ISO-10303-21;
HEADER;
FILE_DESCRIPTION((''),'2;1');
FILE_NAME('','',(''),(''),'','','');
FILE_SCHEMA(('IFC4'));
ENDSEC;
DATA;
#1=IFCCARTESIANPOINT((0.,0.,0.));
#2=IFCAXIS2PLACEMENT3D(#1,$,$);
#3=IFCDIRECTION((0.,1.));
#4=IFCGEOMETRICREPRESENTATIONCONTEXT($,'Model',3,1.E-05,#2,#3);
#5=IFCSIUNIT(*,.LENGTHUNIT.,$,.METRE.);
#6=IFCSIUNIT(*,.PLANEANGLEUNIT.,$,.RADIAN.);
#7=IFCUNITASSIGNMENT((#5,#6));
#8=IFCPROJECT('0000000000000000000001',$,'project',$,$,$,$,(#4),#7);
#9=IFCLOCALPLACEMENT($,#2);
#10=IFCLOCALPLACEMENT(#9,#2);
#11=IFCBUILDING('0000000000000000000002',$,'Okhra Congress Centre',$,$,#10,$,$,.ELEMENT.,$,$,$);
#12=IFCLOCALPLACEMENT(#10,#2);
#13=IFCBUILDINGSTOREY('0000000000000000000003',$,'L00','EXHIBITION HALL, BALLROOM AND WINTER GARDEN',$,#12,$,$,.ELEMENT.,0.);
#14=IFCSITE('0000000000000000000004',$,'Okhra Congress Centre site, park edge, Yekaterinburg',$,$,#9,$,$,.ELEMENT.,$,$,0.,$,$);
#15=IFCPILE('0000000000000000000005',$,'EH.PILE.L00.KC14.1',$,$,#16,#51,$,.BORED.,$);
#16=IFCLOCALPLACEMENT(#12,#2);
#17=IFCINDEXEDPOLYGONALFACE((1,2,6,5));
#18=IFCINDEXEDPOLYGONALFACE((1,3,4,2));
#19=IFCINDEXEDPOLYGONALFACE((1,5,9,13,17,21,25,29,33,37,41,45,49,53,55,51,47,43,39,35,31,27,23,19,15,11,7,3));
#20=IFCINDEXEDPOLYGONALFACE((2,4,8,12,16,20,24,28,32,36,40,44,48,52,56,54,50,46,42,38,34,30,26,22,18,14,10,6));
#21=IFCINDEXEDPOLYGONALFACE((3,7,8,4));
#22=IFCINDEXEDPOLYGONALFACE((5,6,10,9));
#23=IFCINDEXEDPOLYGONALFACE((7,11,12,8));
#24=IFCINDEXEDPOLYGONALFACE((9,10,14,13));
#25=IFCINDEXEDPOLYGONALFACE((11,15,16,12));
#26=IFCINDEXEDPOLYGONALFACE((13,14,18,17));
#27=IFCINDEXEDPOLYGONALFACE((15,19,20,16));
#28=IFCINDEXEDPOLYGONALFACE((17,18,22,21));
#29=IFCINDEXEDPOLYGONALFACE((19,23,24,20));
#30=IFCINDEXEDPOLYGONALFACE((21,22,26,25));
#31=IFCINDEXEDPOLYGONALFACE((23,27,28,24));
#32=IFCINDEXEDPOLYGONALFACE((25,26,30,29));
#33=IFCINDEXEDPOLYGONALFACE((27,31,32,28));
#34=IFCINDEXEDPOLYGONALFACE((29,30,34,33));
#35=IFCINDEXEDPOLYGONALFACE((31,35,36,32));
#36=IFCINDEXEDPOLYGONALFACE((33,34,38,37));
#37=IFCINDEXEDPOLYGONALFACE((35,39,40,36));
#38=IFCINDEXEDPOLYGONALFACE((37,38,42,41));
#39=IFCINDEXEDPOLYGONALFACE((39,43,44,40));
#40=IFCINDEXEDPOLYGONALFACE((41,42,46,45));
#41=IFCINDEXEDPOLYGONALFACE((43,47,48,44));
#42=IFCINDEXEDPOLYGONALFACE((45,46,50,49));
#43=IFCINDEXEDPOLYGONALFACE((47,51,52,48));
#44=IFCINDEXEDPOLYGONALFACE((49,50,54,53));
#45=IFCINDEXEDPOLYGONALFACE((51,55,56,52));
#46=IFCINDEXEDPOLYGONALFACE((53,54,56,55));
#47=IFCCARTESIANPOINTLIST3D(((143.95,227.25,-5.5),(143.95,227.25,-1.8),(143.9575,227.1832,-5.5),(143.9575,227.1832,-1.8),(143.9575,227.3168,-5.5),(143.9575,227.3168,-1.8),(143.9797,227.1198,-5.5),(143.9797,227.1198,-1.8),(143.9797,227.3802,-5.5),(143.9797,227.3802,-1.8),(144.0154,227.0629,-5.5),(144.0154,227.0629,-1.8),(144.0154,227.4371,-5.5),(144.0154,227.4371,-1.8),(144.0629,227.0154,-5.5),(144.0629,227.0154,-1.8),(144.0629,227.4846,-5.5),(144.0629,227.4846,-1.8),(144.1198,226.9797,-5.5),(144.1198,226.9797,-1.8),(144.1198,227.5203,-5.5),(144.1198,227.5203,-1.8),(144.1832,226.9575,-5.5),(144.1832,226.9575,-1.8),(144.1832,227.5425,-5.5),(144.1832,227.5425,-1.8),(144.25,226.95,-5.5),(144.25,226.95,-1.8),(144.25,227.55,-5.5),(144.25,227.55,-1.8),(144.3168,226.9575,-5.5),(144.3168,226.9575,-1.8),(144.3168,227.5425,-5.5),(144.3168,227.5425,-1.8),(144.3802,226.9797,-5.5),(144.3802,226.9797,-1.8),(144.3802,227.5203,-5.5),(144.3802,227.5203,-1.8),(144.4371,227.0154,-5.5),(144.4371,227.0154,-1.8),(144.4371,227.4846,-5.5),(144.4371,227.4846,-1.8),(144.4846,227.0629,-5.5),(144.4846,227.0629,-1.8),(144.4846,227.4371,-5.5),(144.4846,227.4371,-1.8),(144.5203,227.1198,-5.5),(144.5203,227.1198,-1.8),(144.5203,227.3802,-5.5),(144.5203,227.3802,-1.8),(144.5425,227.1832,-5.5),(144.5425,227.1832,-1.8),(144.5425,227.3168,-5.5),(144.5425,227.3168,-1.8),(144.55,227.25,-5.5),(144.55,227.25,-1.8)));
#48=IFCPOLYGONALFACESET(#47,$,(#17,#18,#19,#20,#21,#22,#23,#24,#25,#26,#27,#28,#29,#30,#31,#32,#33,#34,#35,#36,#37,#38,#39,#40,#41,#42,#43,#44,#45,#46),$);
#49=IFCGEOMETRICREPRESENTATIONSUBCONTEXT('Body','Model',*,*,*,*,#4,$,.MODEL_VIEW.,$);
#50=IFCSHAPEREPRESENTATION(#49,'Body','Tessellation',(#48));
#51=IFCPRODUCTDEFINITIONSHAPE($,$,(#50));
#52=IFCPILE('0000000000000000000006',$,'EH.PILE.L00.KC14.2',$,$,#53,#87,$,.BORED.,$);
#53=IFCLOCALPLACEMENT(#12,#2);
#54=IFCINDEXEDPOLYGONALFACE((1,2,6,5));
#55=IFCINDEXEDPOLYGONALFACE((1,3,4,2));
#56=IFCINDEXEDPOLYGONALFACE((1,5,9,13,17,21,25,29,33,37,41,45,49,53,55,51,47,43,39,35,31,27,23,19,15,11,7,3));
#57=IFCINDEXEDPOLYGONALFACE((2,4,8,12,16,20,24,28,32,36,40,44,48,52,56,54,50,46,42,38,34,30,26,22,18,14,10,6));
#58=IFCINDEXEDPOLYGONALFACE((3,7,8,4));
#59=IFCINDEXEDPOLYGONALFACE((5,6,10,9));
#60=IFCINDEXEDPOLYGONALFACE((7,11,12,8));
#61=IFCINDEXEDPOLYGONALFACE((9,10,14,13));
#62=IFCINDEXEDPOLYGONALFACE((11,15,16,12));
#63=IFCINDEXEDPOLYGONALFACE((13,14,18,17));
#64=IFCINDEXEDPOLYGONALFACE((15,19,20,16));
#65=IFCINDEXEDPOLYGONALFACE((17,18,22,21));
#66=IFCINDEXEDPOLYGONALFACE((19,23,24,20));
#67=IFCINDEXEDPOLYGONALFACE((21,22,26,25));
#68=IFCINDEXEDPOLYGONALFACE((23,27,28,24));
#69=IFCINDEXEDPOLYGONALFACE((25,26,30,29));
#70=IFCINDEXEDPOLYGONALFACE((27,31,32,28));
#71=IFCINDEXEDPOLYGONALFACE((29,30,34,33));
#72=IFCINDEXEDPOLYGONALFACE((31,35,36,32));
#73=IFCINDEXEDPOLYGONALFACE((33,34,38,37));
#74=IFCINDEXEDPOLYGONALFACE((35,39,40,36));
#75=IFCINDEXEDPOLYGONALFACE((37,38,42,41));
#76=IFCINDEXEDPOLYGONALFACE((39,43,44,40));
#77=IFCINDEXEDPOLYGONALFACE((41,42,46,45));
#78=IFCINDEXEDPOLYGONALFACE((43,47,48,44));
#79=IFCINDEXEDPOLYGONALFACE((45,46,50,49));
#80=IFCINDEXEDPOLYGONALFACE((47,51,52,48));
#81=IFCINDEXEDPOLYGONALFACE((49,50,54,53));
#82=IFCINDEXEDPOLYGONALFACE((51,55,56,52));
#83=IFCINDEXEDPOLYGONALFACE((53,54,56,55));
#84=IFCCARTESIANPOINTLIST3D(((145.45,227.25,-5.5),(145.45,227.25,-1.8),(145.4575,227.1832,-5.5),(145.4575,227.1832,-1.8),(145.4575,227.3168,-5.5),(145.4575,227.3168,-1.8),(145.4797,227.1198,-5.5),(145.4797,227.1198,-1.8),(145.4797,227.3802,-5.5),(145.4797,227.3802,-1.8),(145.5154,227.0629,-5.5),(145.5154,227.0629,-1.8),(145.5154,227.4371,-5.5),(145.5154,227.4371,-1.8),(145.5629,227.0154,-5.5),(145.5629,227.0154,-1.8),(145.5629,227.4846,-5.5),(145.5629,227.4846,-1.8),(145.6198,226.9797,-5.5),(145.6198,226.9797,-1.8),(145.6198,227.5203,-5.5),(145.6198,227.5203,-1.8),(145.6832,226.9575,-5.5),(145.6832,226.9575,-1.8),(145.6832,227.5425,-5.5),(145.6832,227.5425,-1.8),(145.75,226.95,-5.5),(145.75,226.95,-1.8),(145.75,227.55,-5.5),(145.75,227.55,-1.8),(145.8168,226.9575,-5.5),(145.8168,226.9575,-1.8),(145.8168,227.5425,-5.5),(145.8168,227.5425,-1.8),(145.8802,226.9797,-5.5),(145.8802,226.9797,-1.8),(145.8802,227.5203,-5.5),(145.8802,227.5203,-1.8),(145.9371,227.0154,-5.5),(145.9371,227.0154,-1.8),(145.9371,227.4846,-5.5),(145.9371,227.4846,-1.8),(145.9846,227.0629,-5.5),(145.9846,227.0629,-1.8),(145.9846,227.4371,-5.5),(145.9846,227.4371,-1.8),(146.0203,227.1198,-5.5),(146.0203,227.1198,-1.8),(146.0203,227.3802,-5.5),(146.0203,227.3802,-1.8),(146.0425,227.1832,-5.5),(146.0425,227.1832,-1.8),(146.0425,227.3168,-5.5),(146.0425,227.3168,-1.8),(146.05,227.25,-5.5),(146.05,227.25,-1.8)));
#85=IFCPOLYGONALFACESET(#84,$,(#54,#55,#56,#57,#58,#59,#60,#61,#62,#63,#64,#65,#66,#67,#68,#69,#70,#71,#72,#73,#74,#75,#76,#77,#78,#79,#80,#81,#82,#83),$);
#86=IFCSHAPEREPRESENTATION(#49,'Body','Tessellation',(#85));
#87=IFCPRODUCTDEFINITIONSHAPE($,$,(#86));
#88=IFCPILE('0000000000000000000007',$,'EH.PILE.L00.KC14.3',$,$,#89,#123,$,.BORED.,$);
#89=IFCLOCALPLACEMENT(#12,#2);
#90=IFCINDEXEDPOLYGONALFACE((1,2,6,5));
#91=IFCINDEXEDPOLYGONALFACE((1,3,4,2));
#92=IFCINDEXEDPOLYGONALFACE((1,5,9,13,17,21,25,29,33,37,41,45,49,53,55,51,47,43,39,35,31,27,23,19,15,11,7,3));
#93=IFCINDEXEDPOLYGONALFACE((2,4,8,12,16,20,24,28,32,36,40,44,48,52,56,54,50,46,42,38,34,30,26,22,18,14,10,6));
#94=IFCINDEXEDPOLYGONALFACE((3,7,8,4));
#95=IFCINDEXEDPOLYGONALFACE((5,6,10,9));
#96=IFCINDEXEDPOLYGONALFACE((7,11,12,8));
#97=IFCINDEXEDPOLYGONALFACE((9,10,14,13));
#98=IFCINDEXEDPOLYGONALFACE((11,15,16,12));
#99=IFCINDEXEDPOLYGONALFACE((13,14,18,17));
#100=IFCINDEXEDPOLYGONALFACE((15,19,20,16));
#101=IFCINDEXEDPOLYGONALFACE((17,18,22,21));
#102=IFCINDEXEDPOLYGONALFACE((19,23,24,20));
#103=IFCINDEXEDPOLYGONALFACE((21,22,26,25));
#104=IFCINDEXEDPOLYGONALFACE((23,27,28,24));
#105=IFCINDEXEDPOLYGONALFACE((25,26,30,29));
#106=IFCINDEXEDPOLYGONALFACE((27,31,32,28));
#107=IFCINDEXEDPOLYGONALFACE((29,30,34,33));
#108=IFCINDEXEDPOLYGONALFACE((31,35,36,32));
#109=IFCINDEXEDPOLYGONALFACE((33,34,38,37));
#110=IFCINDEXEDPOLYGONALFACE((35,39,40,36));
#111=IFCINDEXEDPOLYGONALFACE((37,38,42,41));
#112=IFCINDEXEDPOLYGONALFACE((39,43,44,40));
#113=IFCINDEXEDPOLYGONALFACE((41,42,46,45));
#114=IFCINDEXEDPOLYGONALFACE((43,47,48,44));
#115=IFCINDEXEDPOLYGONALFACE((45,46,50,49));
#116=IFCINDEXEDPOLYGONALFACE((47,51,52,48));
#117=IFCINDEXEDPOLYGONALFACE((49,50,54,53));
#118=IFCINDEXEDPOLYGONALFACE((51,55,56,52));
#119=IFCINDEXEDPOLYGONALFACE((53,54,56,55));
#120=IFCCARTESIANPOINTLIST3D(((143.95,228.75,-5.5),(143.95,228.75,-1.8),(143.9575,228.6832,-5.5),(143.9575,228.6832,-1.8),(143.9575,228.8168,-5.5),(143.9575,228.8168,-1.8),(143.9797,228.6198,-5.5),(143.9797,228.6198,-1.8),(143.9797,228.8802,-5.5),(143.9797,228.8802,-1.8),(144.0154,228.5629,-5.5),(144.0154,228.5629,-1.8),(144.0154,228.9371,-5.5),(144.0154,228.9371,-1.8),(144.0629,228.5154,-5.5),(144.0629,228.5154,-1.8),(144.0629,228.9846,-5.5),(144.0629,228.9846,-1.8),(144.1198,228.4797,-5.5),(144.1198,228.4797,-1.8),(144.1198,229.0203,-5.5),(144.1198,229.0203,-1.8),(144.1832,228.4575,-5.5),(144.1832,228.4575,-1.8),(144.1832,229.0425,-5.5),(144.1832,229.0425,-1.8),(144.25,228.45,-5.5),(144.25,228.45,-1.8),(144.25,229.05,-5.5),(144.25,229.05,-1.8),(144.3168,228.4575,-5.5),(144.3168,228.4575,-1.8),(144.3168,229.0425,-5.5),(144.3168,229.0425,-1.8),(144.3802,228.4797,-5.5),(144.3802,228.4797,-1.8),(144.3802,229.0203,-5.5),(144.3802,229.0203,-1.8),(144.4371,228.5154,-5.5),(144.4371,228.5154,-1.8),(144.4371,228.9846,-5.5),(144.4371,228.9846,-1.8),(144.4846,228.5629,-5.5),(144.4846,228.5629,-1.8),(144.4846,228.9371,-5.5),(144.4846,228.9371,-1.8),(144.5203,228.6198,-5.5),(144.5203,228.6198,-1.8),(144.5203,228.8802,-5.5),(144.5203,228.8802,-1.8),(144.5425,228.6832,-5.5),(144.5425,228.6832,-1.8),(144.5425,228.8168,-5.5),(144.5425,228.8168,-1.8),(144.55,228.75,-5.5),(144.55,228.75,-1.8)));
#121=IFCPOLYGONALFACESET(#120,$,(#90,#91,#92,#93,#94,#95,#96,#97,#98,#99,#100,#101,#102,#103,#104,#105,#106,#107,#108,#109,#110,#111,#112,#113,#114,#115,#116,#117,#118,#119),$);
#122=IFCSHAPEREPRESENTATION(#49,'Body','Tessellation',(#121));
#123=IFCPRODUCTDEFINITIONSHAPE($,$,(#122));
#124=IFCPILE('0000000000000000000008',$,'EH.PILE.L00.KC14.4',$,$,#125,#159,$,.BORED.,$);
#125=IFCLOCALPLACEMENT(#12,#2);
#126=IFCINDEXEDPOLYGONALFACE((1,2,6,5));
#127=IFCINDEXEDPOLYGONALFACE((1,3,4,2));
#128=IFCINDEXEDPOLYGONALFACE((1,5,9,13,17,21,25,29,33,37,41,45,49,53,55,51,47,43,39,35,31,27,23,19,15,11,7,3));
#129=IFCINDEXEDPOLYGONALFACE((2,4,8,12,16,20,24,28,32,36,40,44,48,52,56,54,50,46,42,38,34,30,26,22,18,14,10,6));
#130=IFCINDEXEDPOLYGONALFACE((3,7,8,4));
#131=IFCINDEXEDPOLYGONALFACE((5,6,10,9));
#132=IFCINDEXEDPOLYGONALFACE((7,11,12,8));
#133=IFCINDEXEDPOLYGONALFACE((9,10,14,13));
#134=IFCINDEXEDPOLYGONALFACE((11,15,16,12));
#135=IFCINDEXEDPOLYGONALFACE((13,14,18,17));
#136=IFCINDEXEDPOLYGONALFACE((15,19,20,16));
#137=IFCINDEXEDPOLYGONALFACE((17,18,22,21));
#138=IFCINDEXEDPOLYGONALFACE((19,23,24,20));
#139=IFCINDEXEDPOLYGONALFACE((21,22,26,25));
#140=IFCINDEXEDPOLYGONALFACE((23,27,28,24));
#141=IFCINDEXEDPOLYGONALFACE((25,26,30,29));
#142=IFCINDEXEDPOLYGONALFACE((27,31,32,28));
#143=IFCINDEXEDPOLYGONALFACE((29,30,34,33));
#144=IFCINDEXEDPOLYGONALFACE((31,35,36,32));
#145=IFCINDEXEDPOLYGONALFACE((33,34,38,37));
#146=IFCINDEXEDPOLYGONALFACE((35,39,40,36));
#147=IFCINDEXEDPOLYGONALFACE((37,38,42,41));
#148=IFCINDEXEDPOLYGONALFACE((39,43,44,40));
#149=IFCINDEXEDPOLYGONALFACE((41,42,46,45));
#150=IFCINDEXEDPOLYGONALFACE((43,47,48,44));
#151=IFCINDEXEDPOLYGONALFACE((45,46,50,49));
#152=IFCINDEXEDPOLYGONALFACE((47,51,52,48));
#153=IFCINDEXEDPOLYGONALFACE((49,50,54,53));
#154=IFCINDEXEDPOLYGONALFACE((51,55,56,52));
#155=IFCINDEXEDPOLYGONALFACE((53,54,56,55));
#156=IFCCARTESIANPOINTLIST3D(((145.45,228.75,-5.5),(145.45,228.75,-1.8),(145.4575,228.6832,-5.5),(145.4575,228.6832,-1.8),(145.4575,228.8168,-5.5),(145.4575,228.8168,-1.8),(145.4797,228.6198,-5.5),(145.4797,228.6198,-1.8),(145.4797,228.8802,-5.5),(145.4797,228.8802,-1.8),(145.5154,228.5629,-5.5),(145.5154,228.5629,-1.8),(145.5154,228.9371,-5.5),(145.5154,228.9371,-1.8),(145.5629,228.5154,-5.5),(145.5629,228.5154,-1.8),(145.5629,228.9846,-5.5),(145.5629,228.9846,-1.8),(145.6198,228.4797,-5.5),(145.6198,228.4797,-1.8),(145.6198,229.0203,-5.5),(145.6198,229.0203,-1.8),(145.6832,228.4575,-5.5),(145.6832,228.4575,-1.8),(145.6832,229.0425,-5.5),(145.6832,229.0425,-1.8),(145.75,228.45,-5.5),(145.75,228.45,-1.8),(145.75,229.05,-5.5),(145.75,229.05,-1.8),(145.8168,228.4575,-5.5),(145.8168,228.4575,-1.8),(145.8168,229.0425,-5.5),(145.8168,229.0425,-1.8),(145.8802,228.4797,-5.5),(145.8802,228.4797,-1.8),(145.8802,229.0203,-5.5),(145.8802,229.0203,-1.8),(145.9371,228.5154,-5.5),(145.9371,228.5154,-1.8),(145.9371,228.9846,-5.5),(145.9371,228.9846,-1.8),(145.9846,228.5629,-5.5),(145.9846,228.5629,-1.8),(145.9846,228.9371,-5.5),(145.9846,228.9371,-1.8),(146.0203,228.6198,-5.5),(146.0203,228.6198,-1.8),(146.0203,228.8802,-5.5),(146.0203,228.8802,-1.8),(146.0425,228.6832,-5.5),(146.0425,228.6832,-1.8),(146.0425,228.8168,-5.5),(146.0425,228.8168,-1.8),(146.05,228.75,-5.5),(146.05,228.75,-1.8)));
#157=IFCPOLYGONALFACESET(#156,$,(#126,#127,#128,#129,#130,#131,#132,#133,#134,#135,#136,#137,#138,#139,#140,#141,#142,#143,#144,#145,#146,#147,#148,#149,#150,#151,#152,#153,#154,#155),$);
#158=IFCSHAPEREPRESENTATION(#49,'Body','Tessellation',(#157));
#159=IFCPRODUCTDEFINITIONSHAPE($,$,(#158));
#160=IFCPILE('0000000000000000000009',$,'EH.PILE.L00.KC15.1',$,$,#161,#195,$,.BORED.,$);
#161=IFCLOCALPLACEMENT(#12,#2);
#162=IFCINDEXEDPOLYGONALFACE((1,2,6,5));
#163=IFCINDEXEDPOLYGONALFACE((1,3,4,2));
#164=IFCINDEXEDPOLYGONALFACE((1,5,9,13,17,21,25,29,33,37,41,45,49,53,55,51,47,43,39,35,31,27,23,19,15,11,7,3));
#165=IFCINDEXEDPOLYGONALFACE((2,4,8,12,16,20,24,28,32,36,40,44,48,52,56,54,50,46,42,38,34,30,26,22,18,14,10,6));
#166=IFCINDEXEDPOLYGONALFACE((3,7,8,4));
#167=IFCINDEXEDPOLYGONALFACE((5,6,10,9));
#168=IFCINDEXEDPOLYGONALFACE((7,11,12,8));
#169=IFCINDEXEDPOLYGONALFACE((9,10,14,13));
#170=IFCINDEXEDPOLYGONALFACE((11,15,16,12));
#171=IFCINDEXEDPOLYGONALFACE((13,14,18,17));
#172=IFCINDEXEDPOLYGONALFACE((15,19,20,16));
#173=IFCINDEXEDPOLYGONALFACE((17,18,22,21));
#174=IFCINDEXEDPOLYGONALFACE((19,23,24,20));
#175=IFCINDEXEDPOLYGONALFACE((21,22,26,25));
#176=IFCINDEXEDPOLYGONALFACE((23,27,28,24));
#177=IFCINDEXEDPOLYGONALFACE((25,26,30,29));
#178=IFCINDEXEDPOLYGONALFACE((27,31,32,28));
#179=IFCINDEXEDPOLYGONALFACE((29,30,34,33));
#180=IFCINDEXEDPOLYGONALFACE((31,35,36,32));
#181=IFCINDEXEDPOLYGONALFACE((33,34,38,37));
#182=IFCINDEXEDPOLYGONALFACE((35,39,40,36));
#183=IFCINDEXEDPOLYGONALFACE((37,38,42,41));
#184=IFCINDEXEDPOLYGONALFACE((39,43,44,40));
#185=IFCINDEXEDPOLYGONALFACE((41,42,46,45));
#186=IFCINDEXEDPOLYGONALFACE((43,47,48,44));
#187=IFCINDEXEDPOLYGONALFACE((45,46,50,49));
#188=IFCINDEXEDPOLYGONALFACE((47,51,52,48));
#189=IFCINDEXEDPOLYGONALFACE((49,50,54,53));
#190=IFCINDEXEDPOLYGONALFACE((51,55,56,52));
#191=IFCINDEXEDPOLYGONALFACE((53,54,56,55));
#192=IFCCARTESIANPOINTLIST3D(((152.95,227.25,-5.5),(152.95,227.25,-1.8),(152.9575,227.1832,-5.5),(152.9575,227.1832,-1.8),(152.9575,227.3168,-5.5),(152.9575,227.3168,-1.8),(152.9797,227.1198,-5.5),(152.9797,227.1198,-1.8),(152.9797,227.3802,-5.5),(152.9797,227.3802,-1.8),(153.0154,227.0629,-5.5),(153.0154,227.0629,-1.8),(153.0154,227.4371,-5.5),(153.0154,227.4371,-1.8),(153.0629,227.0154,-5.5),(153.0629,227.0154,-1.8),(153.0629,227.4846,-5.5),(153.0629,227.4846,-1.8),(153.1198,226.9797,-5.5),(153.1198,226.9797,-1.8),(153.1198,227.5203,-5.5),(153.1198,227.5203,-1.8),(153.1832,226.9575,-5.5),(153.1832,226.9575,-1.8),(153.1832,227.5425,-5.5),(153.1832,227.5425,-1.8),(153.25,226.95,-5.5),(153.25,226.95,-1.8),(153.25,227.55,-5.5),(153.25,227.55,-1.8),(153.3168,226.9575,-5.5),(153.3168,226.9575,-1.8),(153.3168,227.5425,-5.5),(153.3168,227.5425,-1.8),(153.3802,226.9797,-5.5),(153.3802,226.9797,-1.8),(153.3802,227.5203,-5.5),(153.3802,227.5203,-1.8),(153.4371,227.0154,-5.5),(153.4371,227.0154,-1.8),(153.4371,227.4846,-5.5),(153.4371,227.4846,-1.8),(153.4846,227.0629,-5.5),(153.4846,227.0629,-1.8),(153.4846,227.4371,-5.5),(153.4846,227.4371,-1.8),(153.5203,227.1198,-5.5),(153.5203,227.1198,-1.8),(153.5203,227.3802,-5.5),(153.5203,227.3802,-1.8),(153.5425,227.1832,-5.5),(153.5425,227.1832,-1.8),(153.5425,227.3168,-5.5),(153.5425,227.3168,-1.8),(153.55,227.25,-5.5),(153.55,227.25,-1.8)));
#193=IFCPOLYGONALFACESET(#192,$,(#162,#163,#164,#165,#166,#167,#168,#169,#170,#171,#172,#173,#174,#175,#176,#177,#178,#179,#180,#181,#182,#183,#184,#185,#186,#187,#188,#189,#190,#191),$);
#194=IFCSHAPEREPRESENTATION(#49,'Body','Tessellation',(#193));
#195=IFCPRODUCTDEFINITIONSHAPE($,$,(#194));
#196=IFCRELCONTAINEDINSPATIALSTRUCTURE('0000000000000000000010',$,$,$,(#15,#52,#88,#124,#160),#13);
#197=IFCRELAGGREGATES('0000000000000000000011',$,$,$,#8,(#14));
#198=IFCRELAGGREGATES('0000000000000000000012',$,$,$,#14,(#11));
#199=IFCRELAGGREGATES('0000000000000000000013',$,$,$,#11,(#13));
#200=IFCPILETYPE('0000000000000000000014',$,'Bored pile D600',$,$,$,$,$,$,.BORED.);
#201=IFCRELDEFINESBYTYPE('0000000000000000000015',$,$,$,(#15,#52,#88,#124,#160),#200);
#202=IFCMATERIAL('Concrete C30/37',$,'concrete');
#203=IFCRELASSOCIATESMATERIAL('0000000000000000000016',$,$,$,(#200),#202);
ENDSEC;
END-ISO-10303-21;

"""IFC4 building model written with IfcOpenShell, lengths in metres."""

from ifc_helpers import new_model, si_unit, direction, frame, origin, origin_2d, place, context, subcontext, project, spatial, circle, extrude, material, material_profile, profile_set, type_object, element, save


model = new_model("IFC4")

# Units and contexts
model_context = context("Model", 3, precision=1e-05, world=origin(), true_north=direction((0.0, 1.0)))
body_context = subcontext(model_context, "Body", "Model", "MODEL_VIEW")
ifc_project = project(units=[si_unit("LENGTHUNIT", "METRE"), si_unit("PLANEANGLEUNIT", "RADIAN")], contexts=[model_context])

# Site, building, storey
site_placement = place(None, origin())
site = spatial("IfcSite", under=ifc_project, at=site_placement, Name="Okhra Congress Centre site, park edge, Yekaterinburg", CompositionType="ELEMENT", RefElevation=0.0)
building_placement = place(site_placement, origin())
building = spatial("IfcBuilding", under=site, at=building_placement, Name="Okhra Congress Centre", CompositionType="ELEMENT")
storey_placement = place(building_placement, origin())
storey = spatial("IfcBuildingStorey", under=building, at=storey_placement, Name="L00", Description="EXHIBITION HALL, BALLROOM AND WINTER GARDEN", CompositionType="ELEMENT", Elevation=0.0)

# Piles
ifc_material_1 = material(Name="Concrete C30/37", Category="concrete")
ifc_material_profile_1 = material_profile(ifc_material_1, circle(Radius=0.3, at=origin_2d()), Name="D600")
ifc_profile_set_1 = profile_set([ifc_material_profile_1], Name="Concrete C30/37")
pile_type = type_object("IfcPileType", Name="Bored pile D600", PredefinedType="BORED", material=ifc_profile_set_1)
for number, where, z_axis, x_axis, name in (
    (1, (144.25, 227.25, -1.8), (0.0, 0.0, -1.0), (1.0, 0.0, 0.0), "EH.PILE.L00.KC14.1"),
    (2, (145.75, 227.25, -1.8), (0.0, 0.0, -1.0), (1.0, 0.0, 0.0), "EH.PILE.L00.KC14.2"),
    (3, (144.25, 228.75, -1.8), (0.0, 0.0, -1.0), (1.0, 0.0, 0.0), "EH.PILE.L00.KC14.3"),
    (4, (145.75, 228.75, -1.8), (0.0, 0.0, -1.0), (1.0, 0.0, 0.0), "EH.PILE.L00.KC14.4"),
    (5, (153.25, 227.25, -1.8), (0.0, 0.0, -1.0), (1.0, 0.0, 0.0), "EH.PILE.L00.KC15.1"),
):
    element("IfcPile", number, at=place(storey_placement, frame(where, z_axis=z_axis, x_axis=x_axis)), inside=storey, type_object=pile_type, Name=name, PredefinedType="BORED", context=body_context, shape_type="SweptSolid", body=[
        extrude(circle(Radius=0.3, at=origin_2d()), origin(), (0.0, 0.0, 1.0), 3.7),
    ])

save(model, "model.ifc")
